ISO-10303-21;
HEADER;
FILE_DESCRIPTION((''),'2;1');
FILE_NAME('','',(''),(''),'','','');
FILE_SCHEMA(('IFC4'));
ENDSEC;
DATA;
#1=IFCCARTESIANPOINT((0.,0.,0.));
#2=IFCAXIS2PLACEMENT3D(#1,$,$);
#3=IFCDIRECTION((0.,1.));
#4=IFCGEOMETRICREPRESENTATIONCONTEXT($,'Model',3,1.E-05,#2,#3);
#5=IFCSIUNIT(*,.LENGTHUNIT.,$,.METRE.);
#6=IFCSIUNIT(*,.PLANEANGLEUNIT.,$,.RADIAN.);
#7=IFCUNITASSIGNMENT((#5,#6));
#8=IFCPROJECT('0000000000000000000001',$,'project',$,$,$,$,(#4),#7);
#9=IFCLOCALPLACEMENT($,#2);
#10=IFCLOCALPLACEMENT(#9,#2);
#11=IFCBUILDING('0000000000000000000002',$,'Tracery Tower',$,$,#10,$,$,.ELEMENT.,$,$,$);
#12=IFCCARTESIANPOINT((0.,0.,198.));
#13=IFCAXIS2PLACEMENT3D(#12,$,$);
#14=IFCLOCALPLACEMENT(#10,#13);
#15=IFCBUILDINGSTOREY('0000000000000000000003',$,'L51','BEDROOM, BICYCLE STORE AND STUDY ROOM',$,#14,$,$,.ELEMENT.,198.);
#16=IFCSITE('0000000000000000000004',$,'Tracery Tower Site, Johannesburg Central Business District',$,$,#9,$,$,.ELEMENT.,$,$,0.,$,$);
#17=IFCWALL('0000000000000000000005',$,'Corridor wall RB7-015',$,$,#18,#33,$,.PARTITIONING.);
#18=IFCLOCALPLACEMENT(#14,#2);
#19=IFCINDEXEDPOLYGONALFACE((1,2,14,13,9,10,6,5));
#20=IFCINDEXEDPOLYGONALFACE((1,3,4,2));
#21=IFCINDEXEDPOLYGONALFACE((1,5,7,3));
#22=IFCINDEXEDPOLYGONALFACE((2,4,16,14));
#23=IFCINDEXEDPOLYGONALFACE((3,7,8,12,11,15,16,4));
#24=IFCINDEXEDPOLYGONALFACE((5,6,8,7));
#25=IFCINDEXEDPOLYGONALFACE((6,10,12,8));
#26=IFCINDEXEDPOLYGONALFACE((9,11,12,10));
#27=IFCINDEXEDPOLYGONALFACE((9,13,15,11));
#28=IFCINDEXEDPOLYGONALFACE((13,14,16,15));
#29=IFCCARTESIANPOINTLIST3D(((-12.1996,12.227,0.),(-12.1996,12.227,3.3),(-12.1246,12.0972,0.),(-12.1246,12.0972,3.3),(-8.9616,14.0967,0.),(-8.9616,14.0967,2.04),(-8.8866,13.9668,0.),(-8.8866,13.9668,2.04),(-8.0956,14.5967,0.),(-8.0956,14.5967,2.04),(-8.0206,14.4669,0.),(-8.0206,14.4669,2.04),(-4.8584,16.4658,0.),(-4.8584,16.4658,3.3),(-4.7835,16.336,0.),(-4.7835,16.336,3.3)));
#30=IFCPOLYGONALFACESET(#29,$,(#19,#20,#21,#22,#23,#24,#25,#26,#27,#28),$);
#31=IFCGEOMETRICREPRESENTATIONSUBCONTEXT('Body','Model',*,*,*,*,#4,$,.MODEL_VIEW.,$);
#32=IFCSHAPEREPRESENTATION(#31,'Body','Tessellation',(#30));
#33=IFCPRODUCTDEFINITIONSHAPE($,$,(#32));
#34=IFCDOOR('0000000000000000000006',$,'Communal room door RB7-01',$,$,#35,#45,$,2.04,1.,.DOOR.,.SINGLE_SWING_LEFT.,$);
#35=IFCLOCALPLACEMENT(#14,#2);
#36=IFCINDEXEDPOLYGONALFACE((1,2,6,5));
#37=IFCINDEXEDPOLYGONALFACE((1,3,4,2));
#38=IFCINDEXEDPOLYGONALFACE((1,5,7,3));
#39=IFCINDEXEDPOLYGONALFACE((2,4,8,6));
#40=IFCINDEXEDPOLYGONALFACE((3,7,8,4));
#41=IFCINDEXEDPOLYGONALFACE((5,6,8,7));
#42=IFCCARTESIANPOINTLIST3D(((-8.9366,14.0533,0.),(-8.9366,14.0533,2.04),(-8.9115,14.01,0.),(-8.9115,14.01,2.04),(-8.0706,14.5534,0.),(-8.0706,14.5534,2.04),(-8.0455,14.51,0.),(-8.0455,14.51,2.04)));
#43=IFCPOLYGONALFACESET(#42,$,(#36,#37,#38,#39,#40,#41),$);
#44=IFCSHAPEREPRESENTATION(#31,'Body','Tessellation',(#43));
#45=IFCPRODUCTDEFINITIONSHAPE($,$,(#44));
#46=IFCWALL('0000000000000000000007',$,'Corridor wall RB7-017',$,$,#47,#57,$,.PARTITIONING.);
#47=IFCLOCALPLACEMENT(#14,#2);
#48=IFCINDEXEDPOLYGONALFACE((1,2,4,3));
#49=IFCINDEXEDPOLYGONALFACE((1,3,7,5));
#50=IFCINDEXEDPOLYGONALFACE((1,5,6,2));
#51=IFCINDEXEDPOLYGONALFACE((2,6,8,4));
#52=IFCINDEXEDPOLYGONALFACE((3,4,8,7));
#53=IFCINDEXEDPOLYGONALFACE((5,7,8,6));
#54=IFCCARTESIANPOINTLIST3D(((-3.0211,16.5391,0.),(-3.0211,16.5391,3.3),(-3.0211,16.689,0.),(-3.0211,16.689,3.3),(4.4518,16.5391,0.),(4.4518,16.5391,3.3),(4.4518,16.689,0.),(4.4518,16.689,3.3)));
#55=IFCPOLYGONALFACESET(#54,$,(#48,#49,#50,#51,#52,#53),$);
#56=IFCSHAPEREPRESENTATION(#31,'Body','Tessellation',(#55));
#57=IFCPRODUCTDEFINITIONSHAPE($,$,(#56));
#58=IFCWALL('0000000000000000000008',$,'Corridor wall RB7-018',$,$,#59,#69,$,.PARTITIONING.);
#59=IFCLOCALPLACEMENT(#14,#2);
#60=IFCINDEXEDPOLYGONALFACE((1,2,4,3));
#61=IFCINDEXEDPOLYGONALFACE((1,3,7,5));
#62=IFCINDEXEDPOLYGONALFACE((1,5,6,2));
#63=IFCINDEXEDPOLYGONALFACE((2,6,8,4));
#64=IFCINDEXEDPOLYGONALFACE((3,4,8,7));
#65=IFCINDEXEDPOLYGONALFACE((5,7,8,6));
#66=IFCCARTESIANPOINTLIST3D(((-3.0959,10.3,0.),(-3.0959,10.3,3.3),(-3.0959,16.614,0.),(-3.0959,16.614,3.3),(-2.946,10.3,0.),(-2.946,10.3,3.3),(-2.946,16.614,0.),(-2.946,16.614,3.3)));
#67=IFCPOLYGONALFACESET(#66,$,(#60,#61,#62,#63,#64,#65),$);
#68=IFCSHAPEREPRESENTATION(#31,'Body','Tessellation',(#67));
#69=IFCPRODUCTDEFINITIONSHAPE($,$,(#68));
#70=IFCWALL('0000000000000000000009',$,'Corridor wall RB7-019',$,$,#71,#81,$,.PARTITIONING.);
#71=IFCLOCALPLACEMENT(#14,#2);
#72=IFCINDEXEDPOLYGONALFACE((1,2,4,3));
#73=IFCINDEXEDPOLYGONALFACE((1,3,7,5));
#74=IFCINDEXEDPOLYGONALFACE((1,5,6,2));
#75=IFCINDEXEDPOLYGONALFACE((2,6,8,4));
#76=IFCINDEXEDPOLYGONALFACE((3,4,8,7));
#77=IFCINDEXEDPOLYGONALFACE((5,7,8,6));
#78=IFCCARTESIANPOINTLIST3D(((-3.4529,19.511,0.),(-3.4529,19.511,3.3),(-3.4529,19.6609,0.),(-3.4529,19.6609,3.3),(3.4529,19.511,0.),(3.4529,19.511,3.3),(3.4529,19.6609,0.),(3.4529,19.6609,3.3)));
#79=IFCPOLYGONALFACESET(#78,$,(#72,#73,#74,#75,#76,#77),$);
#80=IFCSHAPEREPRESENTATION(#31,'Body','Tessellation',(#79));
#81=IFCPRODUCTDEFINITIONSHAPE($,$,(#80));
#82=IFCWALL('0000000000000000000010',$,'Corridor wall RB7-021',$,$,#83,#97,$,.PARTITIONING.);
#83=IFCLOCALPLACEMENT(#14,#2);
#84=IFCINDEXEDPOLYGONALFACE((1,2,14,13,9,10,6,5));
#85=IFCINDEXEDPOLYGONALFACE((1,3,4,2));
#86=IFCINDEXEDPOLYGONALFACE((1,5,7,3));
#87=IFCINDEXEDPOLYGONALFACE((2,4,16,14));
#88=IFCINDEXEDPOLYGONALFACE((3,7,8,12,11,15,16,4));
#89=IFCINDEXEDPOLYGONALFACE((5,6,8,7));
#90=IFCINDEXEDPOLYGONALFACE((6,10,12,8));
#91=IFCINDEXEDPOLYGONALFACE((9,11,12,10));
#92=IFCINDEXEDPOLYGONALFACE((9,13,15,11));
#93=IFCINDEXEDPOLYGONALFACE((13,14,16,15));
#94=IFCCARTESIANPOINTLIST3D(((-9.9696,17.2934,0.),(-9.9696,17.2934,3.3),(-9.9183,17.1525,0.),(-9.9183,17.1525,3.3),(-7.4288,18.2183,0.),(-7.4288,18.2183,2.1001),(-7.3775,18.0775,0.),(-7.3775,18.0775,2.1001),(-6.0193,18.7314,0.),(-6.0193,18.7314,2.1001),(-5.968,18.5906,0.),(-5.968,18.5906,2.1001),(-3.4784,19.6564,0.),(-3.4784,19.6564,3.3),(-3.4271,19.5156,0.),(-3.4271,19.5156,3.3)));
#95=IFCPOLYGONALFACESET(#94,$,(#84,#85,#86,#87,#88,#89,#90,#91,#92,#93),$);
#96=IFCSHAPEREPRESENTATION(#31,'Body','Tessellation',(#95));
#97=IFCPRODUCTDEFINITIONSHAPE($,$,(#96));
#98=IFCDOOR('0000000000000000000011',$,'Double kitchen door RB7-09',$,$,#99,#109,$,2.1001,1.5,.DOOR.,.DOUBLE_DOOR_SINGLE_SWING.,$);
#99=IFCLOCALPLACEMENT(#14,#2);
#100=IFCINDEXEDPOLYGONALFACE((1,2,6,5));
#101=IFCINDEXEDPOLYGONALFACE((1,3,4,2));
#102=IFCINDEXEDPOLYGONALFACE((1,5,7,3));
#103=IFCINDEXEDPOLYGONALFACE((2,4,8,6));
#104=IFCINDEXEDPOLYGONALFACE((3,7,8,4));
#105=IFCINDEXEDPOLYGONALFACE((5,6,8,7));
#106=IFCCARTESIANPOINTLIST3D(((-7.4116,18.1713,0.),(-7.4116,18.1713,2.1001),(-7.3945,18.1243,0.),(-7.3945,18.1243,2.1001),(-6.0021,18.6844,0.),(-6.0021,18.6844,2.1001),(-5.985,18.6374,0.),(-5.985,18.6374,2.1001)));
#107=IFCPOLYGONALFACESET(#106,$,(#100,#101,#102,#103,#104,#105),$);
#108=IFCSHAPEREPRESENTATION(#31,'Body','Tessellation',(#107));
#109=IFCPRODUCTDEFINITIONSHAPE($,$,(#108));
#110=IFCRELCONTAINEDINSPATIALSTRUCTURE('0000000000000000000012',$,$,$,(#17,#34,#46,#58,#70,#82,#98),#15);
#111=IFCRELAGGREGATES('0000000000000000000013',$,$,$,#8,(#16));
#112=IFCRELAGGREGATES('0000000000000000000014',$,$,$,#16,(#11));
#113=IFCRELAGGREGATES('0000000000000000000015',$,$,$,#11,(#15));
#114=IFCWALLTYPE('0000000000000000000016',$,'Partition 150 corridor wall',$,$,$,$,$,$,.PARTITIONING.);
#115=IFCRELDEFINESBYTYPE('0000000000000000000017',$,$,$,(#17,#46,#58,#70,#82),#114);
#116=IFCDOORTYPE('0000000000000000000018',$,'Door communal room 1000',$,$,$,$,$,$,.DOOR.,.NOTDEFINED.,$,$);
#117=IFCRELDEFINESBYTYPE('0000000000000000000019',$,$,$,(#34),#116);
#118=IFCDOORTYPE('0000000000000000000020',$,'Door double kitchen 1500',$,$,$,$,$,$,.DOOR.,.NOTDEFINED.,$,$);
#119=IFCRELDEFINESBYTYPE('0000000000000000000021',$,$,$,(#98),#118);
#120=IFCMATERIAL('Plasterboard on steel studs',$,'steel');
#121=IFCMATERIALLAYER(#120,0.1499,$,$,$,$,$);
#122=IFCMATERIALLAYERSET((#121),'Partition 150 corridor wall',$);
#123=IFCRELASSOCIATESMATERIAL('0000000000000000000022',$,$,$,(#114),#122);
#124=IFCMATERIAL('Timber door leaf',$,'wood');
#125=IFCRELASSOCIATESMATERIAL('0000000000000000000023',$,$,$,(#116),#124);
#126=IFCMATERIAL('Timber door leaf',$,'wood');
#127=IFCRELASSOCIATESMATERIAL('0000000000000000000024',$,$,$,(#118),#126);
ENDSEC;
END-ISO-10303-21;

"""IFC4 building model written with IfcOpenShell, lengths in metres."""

from ifc_helpers import new_model, si_unit, direction, frame, frame_2d, origin, place, context, subcontext, project, spatial, rectangle, extrude, material, layer, layer_set, type_object, element, fill, save


model = new_model("IFC4")

# Units and contexts
model_context = context("Model", 3, precision=1e-05, world=origin(), true_north=direction((0.0, 1.0)))
body_context = subcontext(model_context, "Body", "Model", "MODEL_VIEW")
ifc_project = project(units=[si_unit("LENGTHUNIT", "METRE"), si_unit("PLANEANGLEUNIT", "RADIAN")], contexts=[model_context])

# Site, building, storey
site_placement = place(None, origin())
site = spatial("IfcSite", under=ifc_project, at=site_placement, Name="Tracery Tower Site, Johannesburg Central Business District", CompositionType="ELEMENT", RefElevation=0.0)
building_placement = place(site_placement, origin())
building = spatial("IfcBuilding", under=site, at=building_placement, Name="Tracery Tower", CompositionType="ELEMENT")
storey_placement = place(building_placement, frame((0.0, 0.0, 198.0)))
storey = spatial("IfcBuildingStorey", under=building, at=storey_placement, Name="L51", Description="BEDROOM, BICYCLE STORE AND STUDY ROOM", CompositionType="ELEMENT", Elevation=198.0)

# Shared definitions
ifc_material_1 = material(Name="Plasterboard on steel studs", Category="steel")
ifc_layer_1 = layer(ifc_material_1, 0.1499)
ifc_layer_set_1 = layer_set([ifc_layer_1], Name="Partition 150 corridor wall")
wall_type_1 = type_object("IfcWallType", Name="Partition 150 corridor wall", PredefinedType="PARTITIONING", material=ifc_layer_set_1)

# Wall, opening, door
wall_1_placement = place(storey_placement, frame((-12.1621, 12.1621, 0.0), z_axis=(0.0, 0.0, 1.0), x_axis=(0.866005, 0.500036, 0.0)))
wall_1 = element("IfcWall", 1, at=wall_1_placement, inside=storey, type_object=wall_type_1, Name="Corridor wall RB7-015", PredefinedType="PARTITIONING", context=body_context, shape_type="SweptSolid", body=[
    extrude(rectangle(XDim=8.4771, YDim=0.1499, at=frame_2d((4.2385, 0.0))), origin(), (0.0, 0.0, 1.0), 3.3),
])
opening_1_placement = place(wall_1_placement, frame((3.739, 0.0, 0.0)))
opening_1 = element("IfcOpeningElement", 2, at=opening_1_placement, cuts=wall_1, PredefinedType="OPENING", context=body_context, shape_type="SweptSolid", body=[
    extrude(rectangle(XDim=1.0, YDim=2.04, at=frame_2d((0.5, 1.02))), frame((0.0, 0.075, 0.0), z_axis=(0.0, -1.0, 0.0), x_axis=(1.0, 0.0, 0.0)), (0.0, 0.0, 1.0), 0.1499),
])
ifc_material_2 = material(Name="Timber door leaf", Category="wood")
door_type_1 = type_object("IfcDoorType", Name="Door communal room 1000", OperationType="NOTDEFINED", PredefinedType="DOOR", material=ifc_material_2)
door_1_placement = place(opening_1_placement, origin())
door_1 = element("IfcDoor", 3, at=door_1_placement, inside=storey, type_object=door_type_1, Name="Communal room door RB7-01", OperationType="SINGLE_SWING_LEFT", OverallHeight=2.04, OverallWidth=1.0, PredefinedType="DOOR", context=body_context, shape_type="SweptSolid", body=[
    extrude(rectangle(XDim=1.0, YDim=2.04, at=frame_2d((0.5, 1.02))), frame((0.0, 0.0249, 0.0), z_axis=(0.0, -1.0, 0.0), x_axis=(1.0, 0.0, 0.0)), (0.0, 0.0, 1.0), 0.05),
])
fill(opening_1, door_1)

# Walls
wall_2_placement = place(storey_placement, frame((-3.021, 16.614, 0.0), z_axis=(0.0, 0.0, 1.0), x_axis=(1.0, 0.0, 0.0)))
element("IfcWall", 4, at=wall_2_placement, inside=storey, type_object=wall_type_1, Name="Corridor wall RB7-017", PredefinedType="PARTITIONING", context=body_context, shape_type="SweptSolid", body=[
    extrude(rectangle(XDim=7.4729, YDim=0.1499, at=frame_2d((3.7363, 0.0))), origin(), (0.0, 0.0, 1.0), 3.3),
])
wall_3_placement = place(storey_placement, frame((-3.021, 10.3, 0.0), z_axis=(0.0, 0.0, 1.0), x_axis=(0.0, 1.0, 0.0)))
element("IfcWall", 5, at=wall_3_placement, inside=storey, type_object=wall_type_1, Name="Corridor wall RB7-018", PredefinedType="PARTITIONING", context=body_context, shape_type="SweptSolid", body=[
    extrude(rectangle(XDim=6.314, YDim=0.1499, at=frame_2d((3.157, 0.0))), origin(), (0.0, 0.0, 1.0), 3.3),
])
wall_4_placement = place(storey_placement, frame((-3.4529, 19.5859, 0.0), z_axis=(0.0, 0.0, 1.0), x_axis=(1.0, 0.0, 0.0)))
element("IfcWall", 6, at=wall_4_placement, inside=storey, type_object=wall_type_1, Name="Corridor wall RB7-019", PredefinedType="PARTITIONING", context=body_context, shape_type="SweptSolid", body=[
    extrude(rectangle(XDim=6.9058, YDim=0.1499, at=frame_2d((3.4529, 0.0))), origin(), (0.0, 0.0, 1.0), 3.3),
])

# Wall, opening, door
wall_5_placement = place(storey_placement, frame((-9.9441, 17.2229, 0.0), z_axis=(0.0, 0.0, 1.0), x_axis=(0.939673, 0.342075, 0.0)))
wall_5 = element("IfcWall", 7, at=wall_5_placement, inside=storey, type_object=wall_type_1, Name="Corridor wall RB7-021", PredefinedType="PARTITIONING", context=body_context, shape_type="SweptSolid", body=[
    extrude(rectangle(XDim=6.908, YDim=0.1499, at=frame_2d((3.4541, 0.0))), origin(), (0.0, 0.0, 1.0), 3.3),
])
opening_2_placement = place(wall_5_placement, frame((2.7041, 0.0, 0.0)))
opening_2 = element("IfcOpeningElement", 8, at=opening_2_placement, cuts=wall_5, PredefinedType="OPENING", context=body_context, shape_type="SweptSolid", body=[
    extrude(rectangle(XDim=1.5, YDim=2.1001, at=frame_2d((0.75, 1.05))), frame((0.0, 0.075, 0.0), z_axis=(0.0, -1.0, 0.0), x_axis=(1.0, 0.0, 0.0)), (0.0, 0.0, 1.0), 0.1499),
])
ifc_material_3 = material(Name="Timber door leaf", Category="wood")
door_type_2 = type_object("IfcDoorType", Name="Door double kitchen 1500", OperationType="NOTDEFINED", PredefinedType="DOOR", material=ifc_material_3)
door_2_placement = place(opening_2_placement, origin())
door_2 = element("IfcDoor", 9, at=door_2_placement, inside=storey, type_object=door_type_2, Name="Double kitchen door RB7-09", OperationType="DOUBLE_DOOR_SINGLE_SWING", OverallHeight=2.1001, OverallWidth=1.5, PredefinedType="DOOR", context=body_context, shape_type="SweptSolid", body=[
    extrude(rectangle(XDim=1.5, YDim=2.1001, at=frame_2d((0.75, 1.05))), frame((0.0, 0.0249, 0.0), z_axis=(0.0, -1.0, 0.0), x_axis=(1.0, 0.0, 0.0)), (0.0, 0.0, 1.0), 0.05),
])
fill(opening_2, door_2)

save(model, "model.ifc")
